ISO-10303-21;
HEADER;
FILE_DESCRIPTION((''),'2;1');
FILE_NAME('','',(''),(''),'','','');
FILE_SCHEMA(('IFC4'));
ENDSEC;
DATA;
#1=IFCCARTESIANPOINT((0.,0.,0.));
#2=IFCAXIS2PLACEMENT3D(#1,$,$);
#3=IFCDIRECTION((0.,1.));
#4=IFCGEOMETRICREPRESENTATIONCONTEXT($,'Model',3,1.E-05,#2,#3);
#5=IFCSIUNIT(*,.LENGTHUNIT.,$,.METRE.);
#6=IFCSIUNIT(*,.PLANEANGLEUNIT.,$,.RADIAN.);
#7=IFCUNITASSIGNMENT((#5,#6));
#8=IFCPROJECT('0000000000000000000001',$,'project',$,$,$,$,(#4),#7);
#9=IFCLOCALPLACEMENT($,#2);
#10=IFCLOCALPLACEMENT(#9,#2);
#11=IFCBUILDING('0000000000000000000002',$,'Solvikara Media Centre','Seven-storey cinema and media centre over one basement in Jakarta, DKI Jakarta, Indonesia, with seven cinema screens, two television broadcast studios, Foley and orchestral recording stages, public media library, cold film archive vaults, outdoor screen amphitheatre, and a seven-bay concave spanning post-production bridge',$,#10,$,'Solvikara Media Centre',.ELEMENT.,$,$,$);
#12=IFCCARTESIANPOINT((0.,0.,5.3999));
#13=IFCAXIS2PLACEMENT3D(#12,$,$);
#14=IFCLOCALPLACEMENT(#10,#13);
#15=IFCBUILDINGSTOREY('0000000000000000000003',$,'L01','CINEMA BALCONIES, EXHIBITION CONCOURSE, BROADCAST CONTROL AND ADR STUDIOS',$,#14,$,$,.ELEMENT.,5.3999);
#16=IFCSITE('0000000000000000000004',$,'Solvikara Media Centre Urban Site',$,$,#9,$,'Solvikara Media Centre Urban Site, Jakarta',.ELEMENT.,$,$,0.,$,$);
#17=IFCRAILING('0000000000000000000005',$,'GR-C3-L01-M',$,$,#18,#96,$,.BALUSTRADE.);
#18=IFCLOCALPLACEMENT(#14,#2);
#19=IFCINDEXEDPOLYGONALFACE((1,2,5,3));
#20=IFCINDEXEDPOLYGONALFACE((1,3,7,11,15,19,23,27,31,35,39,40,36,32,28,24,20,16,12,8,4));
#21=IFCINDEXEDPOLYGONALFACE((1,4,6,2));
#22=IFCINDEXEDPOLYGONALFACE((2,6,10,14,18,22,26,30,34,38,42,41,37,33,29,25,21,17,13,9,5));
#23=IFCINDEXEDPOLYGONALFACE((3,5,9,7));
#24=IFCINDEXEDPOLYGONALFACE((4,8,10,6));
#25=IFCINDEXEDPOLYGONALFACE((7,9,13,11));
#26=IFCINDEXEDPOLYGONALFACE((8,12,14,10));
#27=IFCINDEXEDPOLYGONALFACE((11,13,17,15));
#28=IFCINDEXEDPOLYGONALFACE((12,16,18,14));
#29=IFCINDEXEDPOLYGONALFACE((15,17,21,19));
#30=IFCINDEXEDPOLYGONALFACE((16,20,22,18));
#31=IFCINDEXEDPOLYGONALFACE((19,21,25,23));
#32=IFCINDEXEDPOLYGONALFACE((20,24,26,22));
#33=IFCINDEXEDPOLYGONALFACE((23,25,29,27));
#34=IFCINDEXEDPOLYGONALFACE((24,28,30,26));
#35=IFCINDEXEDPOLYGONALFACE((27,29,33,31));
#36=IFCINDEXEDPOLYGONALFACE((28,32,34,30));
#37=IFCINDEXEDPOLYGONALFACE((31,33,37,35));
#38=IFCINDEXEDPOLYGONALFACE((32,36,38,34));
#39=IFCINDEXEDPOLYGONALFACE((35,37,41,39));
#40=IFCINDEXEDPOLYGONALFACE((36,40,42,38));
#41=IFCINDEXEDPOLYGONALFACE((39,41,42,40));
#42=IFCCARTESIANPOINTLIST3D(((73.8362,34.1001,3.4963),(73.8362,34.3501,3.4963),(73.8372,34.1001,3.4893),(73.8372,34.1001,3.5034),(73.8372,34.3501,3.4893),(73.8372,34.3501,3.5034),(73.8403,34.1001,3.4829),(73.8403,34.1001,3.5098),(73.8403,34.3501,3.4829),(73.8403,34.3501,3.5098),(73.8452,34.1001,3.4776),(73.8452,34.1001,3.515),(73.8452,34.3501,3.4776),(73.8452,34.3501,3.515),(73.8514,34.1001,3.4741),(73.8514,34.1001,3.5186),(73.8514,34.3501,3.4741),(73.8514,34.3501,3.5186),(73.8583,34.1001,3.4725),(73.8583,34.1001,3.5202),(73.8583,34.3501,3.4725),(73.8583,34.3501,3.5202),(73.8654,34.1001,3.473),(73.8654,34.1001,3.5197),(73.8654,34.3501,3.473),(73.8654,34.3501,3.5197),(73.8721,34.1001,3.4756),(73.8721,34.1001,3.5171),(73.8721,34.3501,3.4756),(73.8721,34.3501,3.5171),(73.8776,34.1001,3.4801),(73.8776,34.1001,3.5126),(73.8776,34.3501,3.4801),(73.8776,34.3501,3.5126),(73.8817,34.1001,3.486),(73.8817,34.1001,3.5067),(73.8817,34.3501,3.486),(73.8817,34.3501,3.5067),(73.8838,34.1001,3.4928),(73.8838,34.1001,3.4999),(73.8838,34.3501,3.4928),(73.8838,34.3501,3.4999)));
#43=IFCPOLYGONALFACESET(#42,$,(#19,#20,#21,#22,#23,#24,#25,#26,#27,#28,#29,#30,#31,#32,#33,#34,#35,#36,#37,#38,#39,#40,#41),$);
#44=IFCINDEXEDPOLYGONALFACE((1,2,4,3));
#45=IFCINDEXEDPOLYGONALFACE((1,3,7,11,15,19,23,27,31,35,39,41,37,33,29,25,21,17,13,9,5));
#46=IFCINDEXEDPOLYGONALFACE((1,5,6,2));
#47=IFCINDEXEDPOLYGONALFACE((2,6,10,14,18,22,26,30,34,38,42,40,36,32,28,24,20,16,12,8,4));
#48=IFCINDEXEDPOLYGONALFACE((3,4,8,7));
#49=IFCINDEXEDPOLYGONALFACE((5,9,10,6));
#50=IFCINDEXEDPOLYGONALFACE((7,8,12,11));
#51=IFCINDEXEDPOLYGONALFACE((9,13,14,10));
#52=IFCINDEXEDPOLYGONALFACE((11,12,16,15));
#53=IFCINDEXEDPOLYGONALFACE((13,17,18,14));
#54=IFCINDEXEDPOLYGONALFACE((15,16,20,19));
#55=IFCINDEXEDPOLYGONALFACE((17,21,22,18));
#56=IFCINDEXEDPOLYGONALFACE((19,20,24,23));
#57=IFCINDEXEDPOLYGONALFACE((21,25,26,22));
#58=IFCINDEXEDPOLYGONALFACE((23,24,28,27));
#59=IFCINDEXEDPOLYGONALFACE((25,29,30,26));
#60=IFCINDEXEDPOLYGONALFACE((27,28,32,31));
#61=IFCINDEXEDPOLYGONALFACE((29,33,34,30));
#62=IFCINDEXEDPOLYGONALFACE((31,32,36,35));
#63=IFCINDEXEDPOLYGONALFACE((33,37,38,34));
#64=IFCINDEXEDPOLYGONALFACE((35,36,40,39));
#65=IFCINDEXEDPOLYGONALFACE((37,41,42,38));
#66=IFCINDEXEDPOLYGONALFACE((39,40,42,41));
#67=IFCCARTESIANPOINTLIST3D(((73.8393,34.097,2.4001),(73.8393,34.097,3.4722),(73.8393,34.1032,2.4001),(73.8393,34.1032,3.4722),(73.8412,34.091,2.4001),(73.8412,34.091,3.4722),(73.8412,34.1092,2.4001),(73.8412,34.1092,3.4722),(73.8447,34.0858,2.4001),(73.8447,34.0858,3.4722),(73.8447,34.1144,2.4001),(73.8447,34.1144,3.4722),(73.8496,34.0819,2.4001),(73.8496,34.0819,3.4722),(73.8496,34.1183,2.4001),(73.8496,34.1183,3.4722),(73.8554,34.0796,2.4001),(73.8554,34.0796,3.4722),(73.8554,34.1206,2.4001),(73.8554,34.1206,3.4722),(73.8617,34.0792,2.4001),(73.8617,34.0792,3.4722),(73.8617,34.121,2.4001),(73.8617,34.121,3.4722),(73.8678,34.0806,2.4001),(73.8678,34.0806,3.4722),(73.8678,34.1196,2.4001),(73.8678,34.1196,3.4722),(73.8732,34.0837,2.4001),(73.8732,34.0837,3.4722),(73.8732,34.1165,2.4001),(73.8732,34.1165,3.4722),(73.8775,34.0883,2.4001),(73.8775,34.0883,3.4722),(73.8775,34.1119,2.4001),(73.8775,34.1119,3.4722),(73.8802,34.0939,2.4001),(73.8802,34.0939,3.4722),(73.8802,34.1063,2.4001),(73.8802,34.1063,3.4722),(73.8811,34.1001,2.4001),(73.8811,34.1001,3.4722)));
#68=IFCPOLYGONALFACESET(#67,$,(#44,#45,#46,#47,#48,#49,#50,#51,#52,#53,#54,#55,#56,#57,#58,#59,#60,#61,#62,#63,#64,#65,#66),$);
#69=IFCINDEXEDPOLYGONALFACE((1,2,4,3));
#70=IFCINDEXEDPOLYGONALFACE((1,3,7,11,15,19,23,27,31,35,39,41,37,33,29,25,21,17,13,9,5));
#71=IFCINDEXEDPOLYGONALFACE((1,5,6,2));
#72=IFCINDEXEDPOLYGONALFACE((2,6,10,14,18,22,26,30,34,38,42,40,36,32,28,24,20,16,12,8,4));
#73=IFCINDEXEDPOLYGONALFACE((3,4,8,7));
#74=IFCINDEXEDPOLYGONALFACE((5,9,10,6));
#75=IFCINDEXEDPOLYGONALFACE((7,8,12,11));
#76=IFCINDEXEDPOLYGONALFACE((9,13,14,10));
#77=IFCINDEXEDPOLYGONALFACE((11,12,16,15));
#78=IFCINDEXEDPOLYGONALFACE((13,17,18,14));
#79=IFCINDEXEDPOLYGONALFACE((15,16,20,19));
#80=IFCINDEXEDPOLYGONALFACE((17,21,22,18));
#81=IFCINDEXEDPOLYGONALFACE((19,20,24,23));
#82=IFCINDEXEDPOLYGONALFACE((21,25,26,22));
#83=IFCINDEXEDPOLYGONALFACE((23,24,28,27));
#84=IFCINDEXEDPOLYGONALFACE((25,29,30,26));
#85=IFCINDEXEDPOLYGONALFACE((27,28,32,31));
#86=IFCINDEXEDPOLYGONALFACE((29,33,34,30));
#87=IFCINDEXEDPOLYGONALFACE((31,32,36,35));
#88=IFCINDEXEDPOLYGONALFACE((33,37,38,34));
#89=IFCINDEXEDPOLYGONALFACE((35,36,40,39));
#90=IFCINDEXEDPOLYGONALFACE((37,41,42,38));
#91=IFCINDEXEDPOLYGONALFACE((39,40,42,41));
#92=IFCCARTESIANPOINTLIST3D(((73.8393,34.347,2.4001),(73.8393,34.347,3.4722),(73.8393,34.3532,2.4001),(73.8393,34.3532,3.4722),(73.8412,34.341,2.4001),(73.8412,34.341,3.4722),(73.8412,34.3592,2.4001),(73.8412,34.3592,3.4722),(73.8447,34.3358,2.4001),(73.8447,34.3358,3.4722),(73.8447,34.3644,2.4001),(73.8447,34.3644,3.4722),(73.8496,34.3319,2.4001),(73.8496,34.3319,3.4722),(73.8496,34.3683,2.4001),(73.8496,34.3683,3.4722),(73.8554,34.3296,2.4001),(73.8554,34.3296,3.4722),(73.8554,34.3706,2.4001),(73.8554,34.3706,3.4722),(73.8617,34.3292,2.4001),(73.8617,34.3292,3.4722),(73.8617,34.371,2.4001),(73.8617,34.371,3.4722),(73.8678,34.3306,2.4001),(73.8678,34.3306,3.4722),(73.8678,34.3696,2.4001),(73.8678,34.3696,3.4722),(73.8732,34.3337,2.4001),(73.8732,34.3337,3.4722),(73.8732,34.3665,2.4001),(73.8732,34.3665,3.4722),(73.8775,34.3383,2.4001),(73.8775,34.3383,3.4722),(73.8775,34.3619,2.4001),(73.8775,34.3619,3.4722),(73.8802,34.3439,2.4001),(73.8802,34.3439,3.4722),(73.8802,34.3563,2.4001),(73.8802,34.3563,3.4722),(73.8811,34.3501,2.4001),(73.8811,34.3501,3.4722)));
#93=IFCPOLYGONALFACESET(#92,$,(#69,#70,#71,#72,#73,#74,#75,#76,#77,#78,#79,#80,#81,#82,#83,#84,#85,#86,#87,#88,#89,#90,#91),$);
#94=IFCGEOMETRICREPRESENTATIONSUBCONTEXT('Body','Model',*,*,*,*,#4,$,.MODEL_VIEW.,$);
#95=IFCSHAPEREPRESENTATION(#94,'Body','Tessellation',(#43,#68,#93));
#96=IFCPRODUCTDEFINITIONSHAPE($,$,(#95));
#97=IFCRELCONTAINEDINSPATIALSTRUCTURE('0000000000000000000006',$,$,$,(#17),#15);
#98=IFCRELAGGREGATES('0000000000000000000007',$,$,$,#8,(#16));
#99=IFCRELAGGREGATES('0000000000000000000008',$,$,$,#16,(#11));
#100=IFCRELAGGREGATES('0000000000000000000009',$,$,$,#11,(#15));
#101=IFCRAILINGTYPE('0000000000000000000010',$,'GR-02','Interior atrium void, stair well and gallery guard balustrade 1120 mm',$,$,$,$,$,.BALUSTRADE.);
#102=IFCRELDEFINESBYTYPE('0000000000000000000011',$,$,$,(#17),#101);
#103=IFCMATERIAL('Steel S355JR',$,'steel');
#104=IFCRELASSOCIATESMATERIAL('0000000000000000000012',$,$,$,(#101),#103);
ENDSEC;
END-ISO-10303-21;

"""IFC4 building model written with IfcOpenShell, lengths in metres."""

from ifc_helpers import new_model, si_unit, direction, frame, origin, origin_2d, place, context, subcontext, project, spatial, circle, extrude, material, type_object, element, save


model = new_model("IFC4")

# Units and contexts
model_context = context("Model", 3, precision=1e-05, world=origin(), true_north=direction((0.0, 1.0)))
body_context = subcontext(model_context, "Body", "Model", "MODEL_VIEW")
ifc_project = project(units=[si_unit("LENGTHUNIT", "METRE"), si_unit("PLANEANGLEUNIT", "RADIAN")], contexts=[model_context])

# Site, building, storey
site_placement = place(None, origin())
site = spatial("IfcSite", under=ifc_project, at=site_placement, Name="Solvikara Media Centre Urban Site", LongName="Solvikara Media Centre Urban Site, Jakarta", CompositionType="ELEMENT", RefElevation=0.0)
building_placement = place(site_placement, origin())
building = spatial("IfcBuilding", under=site, at=building_placement, Name="Solvikara Media Centre", Description="Seven-storey cinema and media centre over one basement in Jakarta, DKI Jakarta, Indonesia, with seven cinema screens, two television broadcast studios, Foley and orchestral recording stages, public media library, cold film archive vaults, outdoor screen amphitheatre, and a seven-bay concave spanning post-production bridge", LongName="Solvikara Media Centre", CompositionType="ELEMENT")
storey_placement = place(building_placement, frame((0.0, 0.0, 5.3999)))
storey = spatial("IfcBuildingStorey", under=building, at=storey_placement, Name="L01", Description="CINEMA BALCONIES, EXHIBITION CONCOURSE, BROADCAST CONTROL AND ADR STUDIOS", CompositionType="ELEMENT", Elevation=5.3999)

# Railing
ifc_material_1 = material(Name="Steel S355JR", Category="steel")
railing_type_1 = type_object("IfcRailingType", Name="GR-02", Description="Interior atrium void, stair well and gallery guard balustrade 1120 mm", PredefinedType="BALUSTRADE", material=ifc_material_1)
railing_1_placement = place(storey_placement, frame((73.8601, 34.1001, 2.4001)))
element("IfcRailing", 1, at=railing_1_placement, inside=storey, type_object=railing_type_1, Name="GR-C3-L01-M", PredefinedType="BALUSTRADE", context=body_context, shape_type="SweptSolid", body=[
    extrude(circle(Radius=0.0239, at=origin_2d()), frame((0.0, 0.0, 1.0962), z_axis=(0.0, 1.0, 0.0), x_axis=(-1.0, 0.0, 0.0)), (0.0, 0.0, 1.0), 0.25),
    extrude(circle(Radius=0.021, at=origin_2d()), origin(), (0.0, 0.0, 1.0), 1.072),
    extrude(circle(Radius=0.021, at=origin_2d()), frame((0.0, 0.25, 0.0)), (0.0, 0.0, 1.0), 1.072),
])

save(model, "model.ifc")
